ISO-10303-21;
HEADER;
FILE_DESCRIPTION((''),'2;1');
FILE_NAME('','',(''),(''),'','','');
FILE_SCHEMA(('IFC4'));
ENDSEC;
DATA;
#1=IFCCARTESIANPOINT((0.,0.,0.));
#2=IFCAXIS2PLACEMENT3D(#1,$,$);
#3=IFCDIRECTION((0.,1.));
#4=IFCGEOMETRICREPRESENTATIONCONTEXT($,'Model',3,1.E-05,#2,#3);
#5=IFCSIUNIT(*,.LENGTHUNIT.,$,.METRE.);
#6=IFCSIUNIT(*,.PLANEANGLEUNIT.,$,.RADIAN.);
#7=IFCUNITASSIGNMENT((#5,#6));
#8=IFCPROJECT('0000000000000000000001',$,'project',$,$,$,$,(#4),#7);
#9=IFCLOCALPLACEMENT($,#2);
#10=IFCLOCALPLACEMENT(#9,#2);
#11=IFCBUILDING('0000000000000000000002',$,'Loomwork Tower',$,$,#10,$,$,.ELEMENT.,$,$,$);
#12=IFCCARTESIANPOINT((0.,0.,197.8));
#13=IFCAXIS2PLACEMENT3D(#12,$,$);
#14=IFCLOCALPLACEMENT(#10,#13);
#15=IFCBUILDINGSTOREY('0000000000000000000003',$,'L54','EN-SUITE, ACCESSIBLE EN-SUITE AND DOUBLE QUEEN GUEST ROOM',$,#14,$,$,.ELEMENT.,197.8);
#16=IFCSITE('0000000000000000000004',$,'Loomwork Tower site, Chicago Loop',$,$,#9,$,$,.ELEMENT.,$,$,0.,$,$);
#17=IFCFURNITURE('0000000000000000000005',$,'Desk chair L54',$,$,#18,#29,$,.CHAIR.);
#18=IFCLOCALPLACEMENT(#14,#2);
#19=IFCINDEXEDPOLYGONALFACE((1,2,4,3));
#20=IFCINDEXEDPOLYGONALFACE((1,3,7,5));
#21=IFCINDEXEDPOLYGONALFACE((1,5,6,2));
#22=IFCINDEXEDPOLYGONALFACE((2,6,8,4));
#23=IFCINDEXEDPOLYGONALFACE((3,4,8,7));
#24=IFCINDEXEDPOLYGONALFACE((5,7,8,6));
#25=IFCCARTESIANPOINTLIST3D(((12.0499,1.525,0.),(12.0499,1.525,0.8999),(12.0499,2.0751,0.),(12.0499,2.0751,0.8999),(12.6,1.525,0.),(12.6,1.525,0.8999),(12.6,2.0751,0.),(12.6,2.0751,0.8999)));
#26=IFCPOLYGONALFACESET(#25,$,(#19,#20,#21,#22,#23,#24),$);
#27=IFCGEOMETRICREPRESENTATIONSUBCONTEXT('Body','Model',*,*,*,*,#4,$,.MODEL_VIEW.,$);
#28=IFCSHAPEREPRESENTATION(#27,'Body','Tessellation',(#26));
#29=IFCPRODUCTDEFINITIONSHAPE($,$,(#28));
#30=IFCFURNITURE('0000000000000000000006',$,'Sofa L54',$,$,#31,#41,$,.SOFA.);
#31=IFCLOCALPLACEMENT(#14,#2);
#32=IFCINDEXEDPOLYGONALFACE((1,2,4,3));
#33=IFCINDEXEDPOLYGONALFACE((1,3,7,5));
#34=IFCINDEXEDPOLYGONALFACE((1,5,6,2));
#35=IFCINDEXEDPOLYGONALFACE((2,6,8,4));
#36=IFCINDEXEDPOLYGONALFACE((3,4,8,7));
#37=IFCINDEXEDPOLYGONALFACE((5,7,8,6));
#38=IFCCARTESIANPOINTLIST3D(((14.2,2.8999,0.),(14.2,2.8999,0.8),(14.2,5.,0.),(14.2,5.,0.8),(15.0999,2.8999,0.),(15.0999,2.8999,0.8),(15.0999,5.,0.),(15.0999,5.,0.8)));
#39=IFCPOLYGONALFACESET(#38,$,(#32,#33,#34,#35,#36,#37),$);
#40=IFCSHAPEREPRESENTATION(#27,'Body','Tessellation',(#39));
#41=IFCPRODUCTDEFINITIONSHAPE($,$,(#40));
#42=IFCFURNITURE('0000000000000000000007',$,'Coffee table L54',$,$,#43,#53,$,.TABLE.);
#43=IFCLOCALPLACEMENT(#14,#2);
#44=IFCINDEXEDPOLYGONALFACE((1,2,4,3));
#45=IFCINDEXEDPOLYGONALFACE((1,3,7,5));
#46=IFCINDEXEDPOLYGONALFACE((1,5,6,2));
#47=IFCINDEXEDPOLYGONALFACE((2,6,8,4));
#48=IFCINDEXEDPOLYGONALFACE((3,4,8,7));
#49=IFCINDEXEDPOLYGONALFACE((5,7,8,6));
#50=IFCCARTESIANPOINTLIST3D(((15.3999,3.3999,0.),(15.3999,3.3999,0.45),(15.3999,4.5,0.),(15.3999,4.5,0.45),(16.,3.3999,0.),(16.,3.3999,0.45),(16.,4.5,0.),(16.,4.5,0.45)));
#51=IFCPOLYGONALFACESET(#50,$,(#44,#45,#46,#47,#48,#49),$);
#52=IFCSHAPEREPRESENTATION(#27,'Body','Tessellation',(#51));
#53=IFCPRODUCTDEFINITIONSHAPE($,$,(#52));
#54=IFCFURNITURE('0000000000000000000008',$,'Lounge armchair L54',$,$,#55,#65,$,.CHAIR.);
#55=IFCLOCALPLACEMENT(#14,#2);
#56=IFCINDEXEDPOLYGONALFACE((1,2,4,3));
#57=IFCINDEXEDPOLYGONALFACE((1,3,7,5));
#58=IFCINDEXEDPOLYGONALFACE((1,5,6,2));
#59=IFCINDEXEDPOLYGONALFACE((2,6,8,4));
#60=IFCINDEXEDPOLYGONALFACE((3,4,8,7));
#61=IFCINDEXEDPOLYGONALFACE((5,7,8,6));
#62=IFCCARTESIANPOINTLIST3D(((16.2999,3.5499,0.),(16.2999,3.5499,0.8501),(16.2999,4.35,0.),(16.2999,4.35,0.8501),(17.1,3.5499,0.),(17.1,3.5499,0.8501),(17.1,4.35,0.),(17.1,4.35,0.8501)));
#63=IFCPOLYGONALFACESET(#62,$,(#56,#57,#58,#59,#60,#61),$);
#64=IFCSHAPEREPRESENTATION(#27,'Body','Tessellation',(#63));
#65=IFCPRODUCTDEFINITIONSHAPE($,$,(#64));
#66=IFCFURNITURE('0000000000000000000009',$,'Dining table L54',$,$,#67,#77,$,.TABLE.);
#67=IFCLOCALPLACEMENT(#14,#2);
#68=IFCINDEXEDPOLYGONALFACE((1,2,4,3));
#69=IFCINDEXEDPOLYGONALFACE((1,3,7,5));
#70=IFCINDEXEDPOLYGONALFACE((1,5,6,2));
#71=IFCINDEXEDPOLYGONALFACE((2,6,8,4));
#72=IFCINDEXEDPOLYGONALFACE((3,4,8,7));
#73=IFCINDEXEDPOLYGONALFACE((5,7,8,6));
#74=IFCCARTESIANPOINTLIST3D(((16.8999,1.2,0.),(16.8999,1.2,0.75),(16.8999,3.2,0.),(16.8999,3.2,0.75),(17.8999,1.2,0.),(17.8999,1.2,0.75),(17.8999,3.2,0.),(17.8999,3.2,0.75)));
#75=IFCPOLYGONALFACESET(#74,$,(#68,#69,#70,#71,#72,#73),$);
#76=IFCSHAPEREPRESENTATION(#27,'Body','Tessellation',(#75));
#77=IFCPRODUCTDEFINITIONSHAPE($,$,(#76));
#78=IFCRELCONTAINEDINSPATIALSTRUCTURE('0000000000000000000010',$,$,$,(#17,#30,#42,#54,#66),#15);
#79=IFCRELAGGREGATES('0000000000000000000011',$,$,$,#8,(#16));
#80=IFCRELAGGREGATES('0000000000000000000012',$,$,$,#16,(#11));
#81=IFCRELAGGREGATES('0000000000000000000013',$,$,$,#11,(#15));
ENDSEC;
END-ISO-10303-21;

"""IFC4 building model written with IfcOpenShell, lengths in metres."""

from ifc_helpers import new_model, si_unit, direction, frame, origin, origin_2d, place, context, subcontext, project, spatial, rectangle, extrude, element, save


model = new_model("IFC4")

# Units and contexts
model_context = context("Model", 3, precision=1e-05, world=origin(), true_north=direction((0.0, 1.0)))
body_context = subcontext(model_context, "Body", "Model", "MODEL_VIEW")
ifc_project = project(units=[si_unit("LENGTHUNIT", "METRE"), si_unit("PLANEANGLEUNIT", "RADIAN")], contexts=[model_context])

# Site, building, storey
site_placement = place(None, origin())
site = spatial("IfcSite", under=ifc_project, at=site_placement, Name="Loomwork Tower site, Chicago Loop", CompositionType="ELEMENT", RefElevation=0.0)
building_placement = place(site_placement, origin())
building = spatial("IfcBuilding", under=site, at=building_placement, Name="Loomwork Tower", CompositionType="ELEMENT")
storey_placement = place(building_placement, frame((0.0, 0.0, 197.8)))
storey = spatial("IfcBuildingStorey", under=building, at=storey_placement, Name="L54", Description="EN-SUITE, ACCESSIBLE EN-SUITE AND DOUBLE QUEEN GUEST ROOM", CompositionType="ELEMENT", Elevation=197.8)

# Furniture
furniture_1_placement = place(storey_placement, frame((12.325, 1.8, 0.0), z_axis=(0.0, 0.0, 1.0), x_axis=(1.0, 0.0, 0.0)))
element("IfcFurniture", 1, at=furniture_1_placement, inside=storey, Name="Desk chair L54", PredefinedType="CHAIR", context=body_context, shape_type="SweptSolid", body=[
    extrude(rectangle(XDim=0.55, YDim=0.55, at=origin_2d()), origin(), (0.0, 0.0, 1.0), 0.8999),
])
furniture_2_placement = place(storey_placement, frame((14.6499, 3.95, 0.0), z_axis=(0.0, 0.0, 1.0), x_axis=(1.0, 0.0, 0.0)))
element("IfcFurniture", 2, at=furniture_2_placement, inside=storey, Name="Sofa L54", PredefinedType="SOFA", context=body_context, shape_type="SweptSolid", body=[
    extrude(rectangle(XDim=0.8999, YDim=2.1001, at=origin_2d()), origin(), (0.0, 0.0, 1.0), 0.8),
])
furniture_3_placement = place(storey_placement, frame((15.7, 3.95, 0.0), z_axis=(0.0, 0.0, 1.0), x_axis=(1.0, 0.0, 0.0)))
element("IfcFurniture", 3, at=furniture_3_placement, inside=storey, Name="Coffee table L54", PredefinedType="TABLE", context=body_context, shape_type="SweptSolid", body=[
    extrude(rectangle(XDim=0.6001, YDim=1.1001, at=origin_2d()), origin(), (0.0, 0.0, 1.0), 0.45),
])
furniture_4_placement = place(storey_placement, frame((16.7, 3.95, 0.0), z_axis=(0.0, 0.0, 1.0), x_axis=(1.0, 0.0, 0.0)))
element("IfcFurniture", 4, at=furniture_4_placement, inside=storey, Name="Lounge armchair L54", PredefinedType="CHAIR", context=body_context, shape_type="SweptSolid", body=[
    extrude(rectangle(XDim=0.8, YDim=0.8, at=origin_2d()), origin(), (0.0, 0.0, 1.0), 0.8501),
])
furniture_5_placement = place(storey_placement, frame((17.3999, 2.2, 0.0), z_axis=(0.0, 0.0, 1.0), x_axis=(1.0, 0.0, 0.0)))
element("IfcFurniture", 5, at=furniture_5_placement, inside=storey, Name="Dining table L54", PredefinedType="TABLE", context=body_context, shape_type="SweptSolid", body=[
    extrude(rectangle(XDim=1.0, YDim=2.0, at=origin_2d()), origin(), (0.0, 0.0, 1.0), 0.75),
])

save(model, "model.ifc")
